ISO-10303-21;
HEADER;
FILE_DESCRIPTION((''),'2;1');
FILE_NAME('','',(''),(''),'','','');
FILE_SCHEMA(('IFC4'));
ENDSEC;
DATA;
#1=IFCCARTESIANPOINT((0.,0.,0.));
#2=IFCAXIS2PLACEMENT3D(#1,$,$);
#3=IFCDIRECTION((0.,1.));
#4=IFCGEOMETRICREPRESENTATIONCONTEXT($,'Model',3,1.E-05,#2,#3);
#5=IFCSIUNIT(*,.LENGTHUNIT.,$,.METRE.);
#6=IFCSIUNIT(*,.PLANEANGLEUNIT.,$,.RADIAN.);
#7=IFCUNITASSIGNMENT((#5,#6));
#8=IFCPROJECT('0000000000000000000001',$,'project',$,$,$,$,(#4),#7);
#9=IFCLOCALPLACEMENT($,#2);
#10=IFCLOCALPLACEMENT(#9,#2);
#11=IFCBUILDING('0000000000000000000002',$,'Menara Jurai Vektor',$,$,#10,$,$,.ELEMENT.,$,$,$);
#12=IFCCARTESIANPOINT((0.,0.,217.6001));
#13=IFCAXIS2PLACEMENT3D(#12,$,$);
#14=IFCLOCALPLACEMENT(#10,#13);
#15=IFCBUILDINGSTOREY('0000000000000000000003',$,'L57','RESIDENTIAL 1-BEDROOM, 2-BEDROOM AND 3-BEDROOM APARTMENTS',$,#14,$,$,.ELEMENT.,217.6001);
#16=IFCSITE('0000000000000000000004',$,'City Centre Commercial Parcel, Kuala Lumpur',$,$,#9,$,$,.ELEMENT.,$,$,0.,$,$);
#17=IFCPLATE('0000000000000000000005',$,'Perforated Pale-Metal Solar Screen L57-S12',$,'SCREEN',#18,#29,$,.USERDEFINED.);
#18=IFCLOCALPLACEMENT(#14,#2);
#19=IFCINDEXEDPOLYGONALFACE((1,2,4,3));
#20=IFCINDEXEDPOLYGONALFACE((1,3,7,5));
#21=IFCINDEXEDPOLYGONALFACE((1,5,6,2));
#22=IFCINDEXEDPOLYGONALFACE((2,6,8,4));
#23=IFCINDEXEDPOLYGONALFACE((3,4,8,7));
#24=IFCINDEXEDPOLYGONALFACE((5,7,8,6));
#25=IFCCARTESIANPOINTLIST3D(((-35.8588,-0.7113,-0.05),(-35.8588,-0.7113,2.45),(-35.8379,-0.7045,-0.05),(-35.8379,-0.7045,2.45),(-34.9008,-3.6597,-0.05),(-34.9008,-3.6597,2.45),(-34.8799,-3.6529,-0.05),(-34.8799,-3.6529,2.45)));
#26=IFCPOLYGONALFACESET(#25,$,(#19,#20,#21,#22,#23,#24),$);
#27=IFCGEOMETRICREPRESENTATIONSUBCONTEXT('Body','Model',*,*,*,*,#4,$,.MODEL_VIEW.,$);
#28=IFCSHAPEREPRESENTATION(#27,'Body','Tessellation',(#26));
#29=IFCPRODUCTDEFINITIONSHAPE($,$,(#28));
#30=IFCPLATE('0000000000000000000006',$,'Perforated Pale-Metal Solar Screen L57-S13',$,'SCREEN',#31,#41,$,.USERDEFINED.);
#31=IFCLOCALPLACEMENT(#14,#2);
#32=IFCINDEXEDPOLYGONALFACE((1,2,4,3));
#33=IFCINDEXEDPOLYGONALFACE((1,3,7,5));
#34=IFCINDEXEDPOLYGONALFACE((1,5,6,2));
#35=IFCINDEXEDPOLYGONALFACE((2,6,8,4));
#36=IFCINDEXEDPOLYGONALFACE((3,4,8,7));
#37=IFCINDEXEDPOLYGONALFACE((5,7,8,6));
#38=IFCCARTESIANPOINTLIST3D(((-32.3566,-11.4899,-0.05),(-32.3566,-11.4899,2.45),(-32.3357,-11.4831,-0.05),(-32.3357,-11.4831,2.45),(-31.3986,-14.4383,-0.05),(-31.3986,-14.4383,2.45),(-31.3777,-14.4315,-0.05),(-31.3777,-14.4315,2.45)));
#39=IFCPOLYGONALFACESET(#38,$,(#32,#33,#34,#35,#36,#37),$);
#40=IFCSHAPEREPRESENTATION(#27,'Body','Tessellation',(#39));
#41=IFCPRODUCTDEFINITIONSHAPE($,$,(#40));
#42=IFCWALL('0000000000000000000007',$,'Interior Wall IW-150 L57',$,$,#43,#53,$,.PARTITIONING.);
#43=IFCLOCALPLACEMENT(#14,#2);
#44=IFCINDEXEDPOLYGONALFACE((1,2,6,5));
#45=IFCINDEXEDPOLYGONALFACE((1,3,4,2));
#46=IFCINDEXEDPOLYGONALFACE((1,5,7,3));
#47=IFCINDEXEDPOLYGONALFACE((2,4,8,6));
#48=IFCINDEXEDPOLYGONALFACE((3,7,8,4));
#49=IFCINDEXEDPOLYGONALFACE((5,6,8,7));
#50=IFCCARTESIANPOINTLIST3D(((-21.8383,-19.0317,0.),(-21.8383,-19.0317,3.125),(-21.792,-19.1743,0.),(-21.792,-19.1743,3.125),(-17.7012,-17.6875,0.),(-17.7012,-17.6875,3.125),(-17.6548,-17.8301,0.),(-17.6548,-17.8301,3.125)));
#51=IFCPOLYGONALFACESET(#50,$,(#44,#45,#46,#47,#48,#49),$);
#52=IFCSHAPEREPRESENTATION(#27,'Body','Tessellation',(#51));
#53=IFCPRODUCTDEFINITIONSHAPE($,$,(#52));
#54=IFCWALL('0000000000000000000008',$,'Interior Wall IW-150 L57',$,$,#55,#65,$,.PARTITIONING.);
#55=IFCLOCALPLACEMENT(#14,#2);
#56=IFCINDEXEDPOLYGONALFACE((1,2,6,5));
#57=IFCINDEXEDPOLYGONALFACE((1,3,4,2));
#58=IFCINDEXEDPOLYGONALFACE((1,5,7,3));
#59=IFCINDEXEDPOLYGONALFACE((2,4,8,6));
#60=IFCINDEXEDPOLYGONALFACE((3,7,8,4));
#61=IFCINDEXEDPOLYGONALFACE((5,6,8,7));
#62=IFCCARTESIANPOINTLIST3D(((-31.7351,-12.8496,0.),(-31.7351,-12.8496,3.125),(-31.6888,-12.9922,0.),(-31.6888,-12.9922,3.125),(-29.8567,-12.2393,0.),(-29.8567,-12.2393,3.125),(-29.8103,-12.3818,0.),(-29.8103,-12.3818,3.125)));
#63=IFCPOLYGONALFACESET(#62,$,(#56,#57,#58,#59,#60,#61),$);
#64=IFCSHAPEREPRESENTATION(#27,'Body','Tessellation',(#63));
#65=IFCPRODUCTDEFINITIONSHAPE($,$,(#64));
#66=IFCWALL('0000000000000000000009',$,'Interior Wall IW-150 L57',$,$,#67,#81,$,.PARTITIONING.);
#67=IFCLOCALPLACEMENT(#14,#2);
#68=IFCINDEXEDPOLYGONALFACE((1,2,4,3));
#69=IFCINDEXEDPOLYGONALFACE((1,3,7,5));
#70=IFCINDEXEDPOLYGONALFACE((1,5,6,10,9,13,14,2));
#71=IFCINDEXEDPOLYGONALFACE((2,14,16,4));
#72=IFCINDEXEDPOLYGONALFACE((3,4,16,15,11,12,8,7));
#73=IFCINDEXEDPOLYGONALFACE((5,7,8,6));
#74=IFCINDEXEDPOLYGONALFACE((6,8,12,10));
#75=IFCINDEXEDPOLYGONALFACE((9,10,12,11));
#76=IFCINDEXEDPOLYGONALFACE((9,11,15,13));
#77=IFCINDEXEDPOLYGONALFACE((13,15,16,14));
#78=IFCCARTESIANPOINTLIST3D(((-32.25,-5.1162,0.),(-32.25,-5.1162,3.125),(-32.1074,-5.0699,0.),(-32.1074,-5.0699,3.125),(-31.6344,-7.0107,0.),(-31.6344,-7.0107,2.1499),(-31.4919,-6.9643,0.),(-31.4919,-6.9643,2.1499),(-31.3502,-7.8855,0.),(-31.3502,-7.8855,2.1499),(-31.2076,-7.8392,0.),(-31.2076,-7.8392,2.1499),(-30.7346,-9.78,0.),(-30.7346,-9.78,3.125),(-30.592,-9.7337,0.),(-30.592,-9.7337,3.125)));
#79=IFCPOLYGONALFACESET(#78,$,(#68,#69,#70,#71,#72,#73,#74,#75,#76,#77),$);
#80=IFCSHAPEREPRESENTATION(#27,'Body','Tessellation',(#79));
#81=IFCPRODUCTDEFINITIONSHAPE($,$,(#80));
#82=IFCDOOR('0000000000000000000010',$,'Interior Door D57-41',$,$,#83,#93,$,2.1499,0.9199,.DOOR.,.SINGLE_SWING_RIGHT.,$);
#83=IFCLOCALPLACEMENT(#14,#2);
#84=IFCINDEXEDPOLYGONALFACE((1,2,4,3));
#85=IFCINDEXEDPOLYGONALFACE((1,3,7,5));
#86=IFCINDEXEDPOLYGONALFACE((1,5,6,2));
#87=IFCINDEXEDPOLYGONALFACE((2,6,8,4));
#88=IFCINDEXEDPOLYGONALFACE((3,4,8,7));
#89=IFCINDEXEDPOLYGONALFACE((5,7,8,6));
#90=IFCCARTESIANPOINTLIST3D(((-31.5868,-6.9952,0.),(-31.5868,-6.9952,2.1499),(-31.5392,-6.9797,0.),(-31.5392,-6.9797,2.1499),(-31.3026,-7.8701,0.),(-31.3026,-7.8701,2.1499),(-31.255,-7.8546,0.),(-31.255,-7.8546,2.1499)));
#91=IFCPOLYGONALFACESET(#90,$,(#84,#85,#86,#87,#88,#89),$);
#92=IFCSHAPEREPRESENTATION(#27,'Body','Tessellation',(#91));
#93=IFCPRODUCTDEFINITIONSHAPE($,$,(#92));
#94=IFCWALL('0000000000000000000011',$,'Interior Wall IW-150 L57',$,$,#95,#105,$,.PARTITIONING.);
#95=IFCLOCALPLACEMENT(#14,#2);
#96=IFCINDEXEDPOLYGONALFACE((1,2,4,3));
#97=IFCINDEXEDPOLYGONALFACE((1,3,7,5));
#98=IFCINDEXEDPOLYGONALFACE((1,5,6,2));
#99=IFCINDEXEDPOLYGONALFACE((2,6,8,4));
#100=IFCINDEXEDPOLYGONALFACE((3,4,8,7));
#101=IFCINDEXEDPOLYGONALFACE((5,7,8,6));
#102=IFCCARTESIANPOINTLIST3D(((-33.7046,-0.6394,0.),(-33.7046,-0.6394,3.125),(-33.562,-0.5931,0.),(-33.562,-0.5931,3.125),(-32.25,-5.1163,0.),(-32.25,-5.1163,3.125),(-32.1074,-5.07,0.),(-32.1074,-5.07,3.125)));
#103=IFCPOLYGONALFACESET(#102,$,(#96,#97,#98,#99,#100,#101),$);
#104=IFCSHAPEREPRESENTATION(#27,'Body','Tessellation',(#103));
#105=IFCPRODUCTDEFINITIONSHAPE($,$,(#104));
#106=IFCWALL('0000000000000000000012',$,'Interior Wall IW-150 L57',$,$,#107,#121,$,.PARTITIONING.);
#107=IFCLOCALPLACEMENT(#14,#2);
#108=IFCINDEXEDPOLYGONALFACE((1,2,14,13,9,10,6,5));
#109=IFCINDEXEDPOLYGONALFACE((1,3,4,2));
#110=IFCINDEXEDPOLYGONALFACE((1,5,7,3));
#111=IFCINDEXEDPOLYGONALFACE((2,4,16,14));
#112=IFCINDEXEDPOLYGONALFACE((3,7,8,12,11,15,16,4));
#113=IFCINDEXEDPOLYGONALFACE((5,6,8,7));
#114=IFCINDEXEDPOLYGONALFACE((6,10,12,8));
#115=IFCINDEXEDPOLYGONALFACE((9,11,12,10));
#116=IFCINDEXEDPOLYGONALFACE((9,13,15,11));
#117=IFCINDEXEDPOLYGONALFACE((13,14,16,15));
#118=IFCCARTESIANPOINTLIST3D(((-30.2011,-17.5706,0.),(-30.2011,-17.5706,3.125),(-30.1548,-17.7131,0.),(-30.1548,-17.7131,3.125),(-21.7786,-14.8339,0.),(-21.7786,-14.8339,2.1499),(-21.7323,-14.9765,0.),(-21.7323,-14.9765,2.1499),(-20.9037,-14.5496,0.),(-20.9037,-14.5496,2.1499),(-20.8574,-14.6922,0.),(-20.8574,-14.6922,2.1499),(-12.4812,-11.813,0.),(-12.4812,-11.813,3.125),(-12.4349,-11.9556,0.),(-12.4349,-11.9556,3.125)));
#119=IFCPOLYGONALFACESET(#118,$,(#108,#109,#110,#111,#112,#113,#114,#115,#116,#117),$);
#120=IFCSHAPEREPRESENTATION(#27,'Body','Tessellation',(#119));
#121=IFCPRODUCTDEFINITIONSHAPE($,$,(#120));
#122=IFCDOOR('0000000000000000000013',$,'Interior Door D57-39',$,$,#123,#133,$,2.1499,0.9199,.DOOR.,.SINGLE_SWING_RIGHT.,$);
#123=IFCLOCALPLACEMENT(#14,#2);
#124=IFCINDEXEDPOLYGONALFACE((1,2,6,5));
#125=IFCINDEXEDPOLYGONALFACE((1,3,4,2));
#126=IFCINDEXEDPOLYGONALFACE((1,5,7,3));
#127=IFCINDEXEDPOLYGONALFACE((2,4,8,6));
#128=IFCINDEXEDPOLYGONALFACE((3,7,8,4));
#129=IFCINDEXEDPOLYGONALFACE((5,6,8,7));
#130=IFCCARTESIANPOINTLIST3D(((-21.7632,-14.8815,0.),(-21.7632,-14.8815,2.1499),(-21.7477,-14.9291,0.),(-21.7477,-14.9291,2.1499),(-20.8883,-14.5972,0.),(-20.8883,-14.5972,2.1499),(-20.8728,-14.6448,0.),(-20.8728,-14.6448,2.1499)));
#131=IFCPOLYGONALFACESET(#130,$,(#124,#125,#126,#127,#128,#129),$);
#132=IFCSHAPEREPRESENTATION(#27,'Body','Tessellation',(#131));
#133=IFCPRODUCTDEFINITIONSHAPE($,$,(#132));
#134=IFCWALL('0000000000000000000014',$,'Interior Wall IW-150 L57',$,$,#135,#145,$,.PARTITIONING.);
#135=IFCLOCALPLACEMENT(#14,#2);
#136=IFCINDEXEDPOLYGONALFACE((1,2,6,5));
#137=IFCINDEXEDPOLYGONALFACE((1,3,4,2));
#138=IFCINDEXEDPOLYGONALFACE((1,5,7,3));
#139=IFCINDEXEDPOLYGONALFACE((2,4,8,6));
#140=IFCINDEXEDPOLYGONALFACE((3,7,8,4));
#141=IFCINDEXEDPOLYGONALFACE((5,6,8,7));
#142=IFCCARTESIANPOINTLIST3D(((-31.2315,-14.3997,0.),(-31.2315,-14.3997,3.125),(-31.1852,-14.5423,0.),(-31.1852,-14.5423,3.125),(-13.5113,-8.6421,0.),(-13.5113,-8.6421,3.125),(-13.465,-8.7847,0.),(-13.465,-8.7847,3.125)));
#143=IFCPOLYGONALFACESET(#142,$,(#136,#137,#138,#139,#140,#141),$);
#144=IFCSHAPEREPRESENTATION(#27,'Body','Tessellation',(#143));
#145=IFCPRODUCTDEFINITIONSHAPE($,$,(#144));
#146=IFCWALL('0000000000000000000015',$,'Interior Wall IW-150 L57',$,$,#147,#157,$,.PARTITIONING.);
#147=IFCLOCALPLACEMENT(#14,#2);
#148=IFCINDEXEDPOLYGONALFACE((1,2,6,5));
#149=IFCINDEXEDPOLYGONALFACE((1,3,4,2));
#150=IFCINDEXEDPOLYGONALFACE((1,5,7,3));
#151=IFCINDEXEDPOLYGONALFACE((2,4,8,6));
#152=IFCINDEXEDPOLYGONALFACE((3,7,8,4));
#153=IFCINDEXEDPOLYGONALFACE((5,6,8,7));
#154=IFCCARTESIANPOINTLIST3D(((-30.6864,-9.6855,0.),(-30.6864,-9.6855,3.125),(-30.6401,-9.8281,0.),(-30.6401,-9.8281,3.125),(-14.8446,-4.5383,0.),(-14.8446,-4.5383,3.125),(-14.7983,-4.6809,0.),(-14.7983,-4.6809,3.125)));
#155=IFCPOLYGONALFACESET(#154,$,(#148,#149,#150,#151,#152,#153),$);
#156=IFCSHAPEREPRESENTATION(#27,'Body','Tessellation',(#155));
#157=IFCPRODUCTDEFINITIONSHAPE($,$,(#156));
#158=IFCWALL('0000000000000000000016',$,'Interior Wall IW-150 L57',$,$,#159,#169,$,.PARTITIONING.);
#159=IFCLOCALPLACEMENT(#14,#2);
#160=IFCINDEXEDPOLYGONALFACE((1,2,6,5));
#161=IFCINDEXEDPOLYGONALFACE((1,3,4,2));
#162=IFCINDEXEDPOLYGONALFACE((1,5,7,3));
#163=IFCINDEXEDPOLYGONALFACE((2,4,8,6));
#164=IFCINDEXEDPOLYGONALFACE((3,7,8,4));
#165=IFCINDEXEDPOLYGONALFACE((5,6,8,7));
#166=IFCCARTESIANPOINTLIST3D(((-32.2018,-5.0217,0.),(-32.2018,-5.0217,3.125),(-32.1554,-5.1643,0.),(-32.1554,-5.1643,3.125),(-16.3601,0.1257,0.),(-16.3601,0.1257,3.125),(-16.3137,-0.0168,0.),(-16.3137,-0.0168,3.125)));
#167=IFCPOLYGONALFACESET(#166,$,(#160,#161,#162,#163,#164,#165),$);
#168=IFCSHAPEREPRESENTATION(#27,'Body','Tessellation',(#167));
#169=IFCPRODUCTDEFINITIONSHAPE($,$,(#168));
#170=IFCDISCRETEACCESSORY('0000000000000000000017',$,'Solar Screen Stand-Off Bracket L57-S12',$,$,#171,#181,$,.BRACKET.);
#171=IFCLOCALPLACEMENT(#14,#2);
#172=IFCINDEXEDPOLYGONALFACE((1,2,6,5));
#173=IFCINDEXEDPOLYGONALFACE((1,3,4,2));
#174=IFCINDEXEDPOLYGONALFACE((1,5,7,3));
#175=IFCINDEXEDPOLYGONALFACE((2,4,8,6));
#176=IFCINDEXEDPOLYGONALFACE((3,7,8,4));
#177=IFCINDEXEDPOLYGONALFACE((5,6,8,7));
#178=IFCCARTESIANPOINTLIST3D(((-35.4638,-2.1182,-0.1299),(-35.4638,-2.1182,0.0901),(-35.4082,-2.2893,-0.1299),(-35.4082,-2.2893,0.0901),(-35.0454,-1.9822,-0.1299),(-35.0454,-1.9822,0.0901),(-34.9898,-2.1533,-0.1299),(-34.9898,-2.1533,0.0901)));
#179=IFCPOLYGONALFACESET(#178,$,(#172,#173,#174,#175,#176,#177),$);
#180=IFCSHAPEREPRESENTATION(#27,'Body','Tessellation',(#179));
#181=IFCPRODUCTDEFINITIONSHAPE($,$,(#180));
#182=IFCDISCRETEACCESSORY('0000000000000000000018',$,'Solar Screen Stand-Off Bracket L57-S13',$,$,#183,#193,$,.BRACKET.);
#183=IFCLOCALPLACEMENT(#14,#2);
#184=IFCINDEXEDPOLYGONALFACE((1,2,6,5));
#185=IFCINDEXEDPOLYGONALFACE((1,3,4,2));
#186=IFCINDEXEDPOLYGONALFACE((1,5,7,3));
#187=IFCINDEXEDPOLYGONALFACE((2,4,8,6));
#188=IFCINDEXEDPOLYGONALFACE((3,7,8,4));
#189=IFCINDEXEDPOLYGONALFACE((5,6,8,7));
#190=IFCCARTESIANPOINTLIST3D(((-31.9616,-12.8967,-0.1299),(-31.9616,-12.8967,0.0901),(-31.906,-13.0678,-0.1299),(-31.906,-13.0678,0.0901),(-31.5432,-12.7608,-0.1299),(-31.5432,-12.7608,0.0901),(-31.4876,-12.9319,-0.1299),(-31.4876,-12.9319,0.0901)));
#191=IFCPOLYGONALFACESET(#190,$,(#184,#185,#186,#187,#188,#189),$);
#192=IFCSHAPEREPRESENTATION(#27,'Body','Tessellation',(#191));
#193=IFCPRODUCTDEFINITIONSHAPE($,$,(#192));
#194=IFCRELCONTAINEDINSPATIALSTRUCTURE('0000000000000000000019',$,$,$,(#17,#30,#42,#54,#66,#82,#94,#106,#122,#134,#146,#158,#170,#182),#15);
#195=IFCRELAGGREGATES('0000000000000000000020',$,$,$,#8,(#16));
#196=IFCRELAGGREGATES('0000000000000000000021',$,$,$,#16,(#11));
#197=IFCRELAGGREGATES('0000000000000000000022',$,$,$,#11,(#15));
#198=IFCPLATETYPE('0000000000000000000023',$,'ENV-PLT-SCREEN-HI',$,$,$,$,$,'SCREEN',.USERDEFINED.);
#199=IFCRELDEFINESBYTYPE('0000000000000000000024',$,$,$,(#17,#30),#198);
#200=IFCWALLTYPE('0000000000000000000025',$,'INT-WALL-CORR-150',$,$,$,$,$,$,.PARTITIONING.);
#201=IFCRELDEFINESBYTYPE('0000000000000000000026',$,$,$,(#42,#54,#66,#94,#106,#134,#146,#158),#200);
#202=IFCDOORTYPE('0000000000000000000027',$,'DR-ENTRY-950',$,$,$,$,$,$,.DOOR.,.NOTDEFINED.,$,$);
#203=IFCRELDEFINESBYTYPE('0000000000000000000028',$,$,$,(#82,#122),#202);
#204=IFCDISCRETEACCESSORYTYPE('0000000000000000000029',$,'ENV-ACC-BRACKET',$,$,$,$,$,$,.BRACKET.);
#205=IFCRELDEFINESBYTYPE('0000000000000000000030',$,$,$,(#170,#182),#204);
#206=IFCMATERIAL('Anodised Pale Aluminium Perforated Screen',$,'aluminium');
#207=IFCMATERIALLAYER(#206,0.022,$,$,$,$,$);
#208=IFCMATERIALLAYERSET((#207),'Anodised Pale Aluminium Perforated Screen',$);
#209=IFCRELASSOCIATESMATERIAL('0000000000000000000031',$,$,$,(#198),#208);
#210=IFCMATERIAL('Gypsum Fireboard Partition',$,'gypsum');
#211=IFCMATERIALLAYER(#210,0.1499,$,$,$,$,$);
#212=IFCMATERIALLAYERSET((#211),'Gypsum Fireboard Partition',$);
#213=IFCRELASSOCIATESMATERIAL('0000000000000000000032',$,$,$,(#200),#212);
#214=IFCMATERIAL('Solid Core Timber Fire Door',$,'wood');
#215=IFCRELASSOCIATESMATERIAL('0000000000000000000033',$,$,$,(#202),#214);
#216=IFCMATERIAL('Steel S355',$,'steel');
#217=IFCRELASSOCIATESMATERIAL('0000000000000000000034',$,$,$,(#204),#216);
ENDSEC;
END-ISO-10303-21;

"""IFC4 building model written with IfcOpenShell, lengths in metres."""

from ifc_helpers import new_model, si_unit, direction, frame, frame_2d, origin, origin_2d, place, context, subcontext, project, spatial, rectangle, extrude, material, layer, layer_set, type_object, element, fill, save


model = new_model("IFC4")

# Units and contexts
model_context = context("Model", 3, precision=1e-05, world=origin(), true_north=direction((0.0, 1.0)))
body_context = subcontext(model_context, "Body", "Model", "MODEL_VIEW")
ifc_project = project(units=[si_unit("LENGTHUNIT", "METRE"), si_unit("PLANEANGLEUNIT", "RADIAN")], contexts=[model_context])

# Site, building, storey
site_placement = place(None, origin())
site = spatial("IfcSite", under=ifc_project, at=site_placement, Name="City Centre Commercial Parcel, Kuala Lumpur", CompositionType="ELEMENT", RefElevation=0.0)
building_placement = place(site_placement, origin())
building = spatial("IfcBuilding", under=site, at=building_placement, Name="Menara Jurai Vektor", CompositionType="ELEMENT")
storey_placement = place(building_placement, frame((0.0, 0.0, 217.6001)))
storey = spatial("IfcBuildingStorey", under=building, at=storey_placement, Name="L57", Description="RESIDENTIAL 1-BEDROOM, 2-BEDROOM AND 3-BEDROOM APARTMENTS", CompositionType="ELEMENT", Elevation=217.6001)

# Shared definitions
ifc_material_1 = material(Name="Steel S355", Category="steel")

# Plates
ifc_material_2 = material(Name="Anodised Pale Aluminium Perforated Screen", Category="aluminium")
ifc_layer_1 = layer(ifc_material_2, 0.022)
ifc_layer_set_1 = layer_set([ifc_layer_1], Name="Anodised Pale Aluminium Perforated Screen")
plate_type_1 = type_object("IfcPlateType", Name="ENV-PLT-SCREEN-HI", ElementType="SCREEN", PredefinedType="USERDEFINED", material=ifc_layer_set_1)
for number, where, z_axis, x_axis, name in (
    (1, (-35.3694, -2.1821, -0.05), (0.0, 0.0, 1.0), (0.309017, -0.951057, 0.0), "Perforated Pale-Metal Solar Screen L57-S12"),
    (2, (-31.8672, -12.9607, -0.05), (0.0, 0.0, 1.0), (0.309017, -0.951057, 0.0), "Perforated Pale-Metal Solar Screen L57-S13"),
):
    element("IfcPlate", number, at=place(storey_placement, frame(where, z_axis=z_axis, x_axis=x_axis)), inside=storey, type_object=plate_type_1, Name=name, ObjectType="SCREEN", PredefinedType="USERDEFINED", context=body_context, shape_type="SweptSolid", body=[
        extrude(rectangle(XDim=3.1001, YDim=0.022, at=origin_2d()), origin(), (0.0, 0.0, 1.0), 2.5),
    ])

# Walls
ifc_material_3 = material(Name="Gypsum Fireboard Partition", Category="gypsum")
ifc_layer_2 = layer(ifc_material_3, 0.1499)
ifc_layer_set_2 = layer_set([ifc_layer_2], Name="Gypsum Fireboard Partition")
wall_type = type_object("IfcWallType", Name="INT-WALL-CORR-150", PredefinedType="PARTITIONING", material=ifc_layer_set_2)
wall_1_placement = place(storey_placement, frame((-21.8152, -19.103, 0.0), z_axis=(0.0, 0.0, 1.0), x_axis=(0.951058, 0.309012, 0.0)))
element("IfcWall", 3, at=wall_1_placement, inside=storey, type_object=wall_type, Name="Interior Wall IW-150 L57", PredefinedType="PARTITIONING", context=body_context, shape_type="SweptSolid", body=[
    extrude(rectangle(XDim=4.3501, YDim=0.1499, at=frame_2d((2.175, 0.0))), origin(), (0.0, 0.0, 1.0), 3.125),
])
wall_2_placement = place(storey_placement, frame((-31.7119, -12.9209, 0.0), z_axis=(0.0, 0.0, 1.0), x_axis=(0.951054, 0.309025, 0.0)))
element("IfcWall", 4, at=wall_2_placement, inside=storey, type_object=wall_type, Name="Interior Wall IW-150 L57", PredefinedType="PARTITIONING", context=body_context, shape_type="SweptSolid", body=[
    extrude(rectangle(XDim=1.9751, YDim=0.1499, at=frame_2d((0.9875, 0.0))), origin(), (0.0, 0.0, 1.0), 3.125),
])

# Wall, opening, door
ifc_material_4 = material(Name="Solid Core Timber Fire Door", Category="wood")
door_type = type_object("IfcDoorType", Name="DR-ENTRY-950", OperationType="NOTDEFINED", PredefinedType="DOOR", material=ifc_material_4)
wall_3_placement = place(storey_placement, frame((-30.6633, -9.7568, 0.0), z_axis=(0.0, 0.0, 1.0), x_axis=(-0.30902, 0.951056, 0.0)))
wall_3 = element("IfcWall", 5, at=wall_3_placement, inside=storey, type_object=wall_type, Name="Interior Wall IW-150 L57", PredefinedType="PARTITIONING", context=body_context, shape_type="SweptSolid", body=[
    extrude(rectangle(XDim=4.9038, YDim=0.1499, at=frame_2d((2.4519, 0.0))), origin(), (0.0, 0.0, 1.0), 3.125),
])
opening_1_placement = place(wall_3_placement, frame((1.9919, 0.0, 0.0)))
opening_1 = element("IfcOpeningElement", 6, at=opening_1_placement, cuts=wall_3, PredefinedType="OPENING", context=body_context, shape_type="SweptSolid", body=[
    extrude(rectangle(XDim=0.9199, YDim=2.1499, at=frame_2d((0.46, 1.075))), frame((0.0, 0.085, 0.0), z_axis=(0.0, -1.0, 0.0), x_axis=(1.0, 0.0, 0.0)), (0.0, 0.0, 1.0), 0.1699),
])
door_1_placement = place(opening_1_placement, origin())
door_1 = element("IfcDoor", 7, at=door_1_placement, inside=storey, type_object=door_type, Name="Interior Door D57-41", OperationType="SINGLE_SWING_RIGHT", OverallHeight=2.1499, OverallWidth=0.9199, PredefinedType="DOOR", context=body_context, shape_type="SweptSolid", body=[
    extrude(rectangle(XDim=0.9199, YDim=2.1499, at=frame_2d((0.46, 1.075))), frame((0.0, 0.0249, 0.0), z_axis=(0.0, -1.0, 0.0), x_axis=(1.0, 0.0, 0.0)), (0.0, 0.0, 1.0), 0.05),
])
fill(opening_1, door_1)

# Wall
wall_4_placement = place(storey_placement, frame((-32.1787, -5.093, 0.0), z_axis=(0.0, 0.0, 1.0), x_axis=(-0.309015, 0.951057, 0.0)))
element("IfcWall", 8, at=wall_4_placement, inside=storey, type_object=wall_type, Name="Interior Wall IW-150 L57", PredefinedType="PARTITIONING", context=body_context, shape_type="SweptSolid", body=[
    extrude(rectangle(XDim=4.7073, YDim=0.1499, at=frame_2d((2.3535, 0.0))), origin(), (0.0, 0.0, 1.0), 3.125),
])

# Wall, opening, door
wall_5_placement = place(storey_placement, frame((-30.178, -17.6418, 0.0), z_axis=(0.0, 0.0, 1.0), x_axis=(0.951057, 0.309017, 0.0)))
wall_5 = element("IfcWall", 9, at=wall_5_placement, inside=storey, type_object=wall_type, Name="Interior Wall IW-150 L57", PredefinedType="PARTITIONING", context=body_context, shape_type="SweptSolid", body=[
    extrude(rectangle(XDim=18.6318, YDim=0.1499, at=frame_2d((9.3159, 0.0))), origin(), (0.0, 0.0, 1.0), 3.125),
])
opening_2_placement = place(wall_5_placement, frame((8.856, 0.0, 0.0)))
opening_2 = element("IfcOpeningElement", 10, at=opening_2_placement, cuts=wall_5, PredefinedType="OPENING", context=body_context, shape_type="SweptSolid", body=[
    extrude(rectangle(XDim=0.9199, YDim=2.1499, at=frame_2d((0.46, 1.075))), frame((0.0, 0.085, 0.0), z_axis=(0.0, -1.0, 0.0), x_axis=(1.0, 0.0, 0.0)), (0.0, 0.0, 1.0), 0.1699),
])
door_2_placement = place(opening_2_placement, origin())
door_2 = element("IfcDoor", 11, at=door_2_placement, inside=storey, type_object=door_type, Name="Interior Door D57-39", OperationType="SINGLE_SWING_RIGHT", OverallHeight=2.1499, OverallWidth=0.9199, PredefinedType="DOOR", context=body_context, shape_type="SweptSolid", body=[
    extrude(rectangle(XDim=0.9199, YDim=2.1499, at=frame_2d((0.46, 1.075))), frame((0.0, 0.0249, 0.0), z_axis=(0.0, -1.0, 0.0), x_axis=(1.0, 0.0, 0.0)), (0.0, 0.0, 1.0), 0.05),
])
fill(opening_2, door_2)

# Walls
wall_6_placement = place(storey_placement, frame((-31.2083, -14.4709, 0.0), z_axis=(0.0, 0.0, 1.0), x_axis=(0.951058, 0.309013, 0.0)))
element("IfcWall", 12, at=wall_6_placement, inside=storey, type_object=wall_type, Name="Interior Wall IW-150 L57", PredefinedType="PARTITIONING", context=body_context, shape_type="SweptSolid", body=[
    extrude(rectangle(XDim=18.6321, YDim=0.1499, at=frame_2d((9.3159, 0.0))), origin(), (0.0, 0.0, 1.0), 3.125),
])
for number, where, z_axis, x_axis, name in (
    (13, (-30.6633, -9.7568, 0.0), (0.0, 0.0, 1.0), (0.951058, 0.309012, 0.0), "Interior Wall IW-150 L57"),
    (14, (-32.1787, -5.093, 0.0), (0.0, 0.0, 1.0), (0.951054, 0.309025, 0.0), "Interior Wall IW-150 L57"),
):
    element("IfcWall", number, at=place(storey_placement, frame(where, z_axis=z_axis, x_axis=x_axis)), inside=storey, type_object=wall_type, Name=name, PredefinedType="PARTITIONING", context=body_context, shape_type="SweptSolid", body=[
        extrude(rectangle(XDim=16.657, YDim=0.1499, at=frame_2d((8.3286, 0.0))), origin(), (0.0, 0.0, 1.0), 3.125),
    ])

# Discrete accessories
discrete_accessory_type = type_object("IfcDiscreteAccessoryType", Name="ENV-ACC-BRACKET", PredefinedType="BRACKET", material=ifc_material_1)
for number, where, z_axis, x_axis, name in (
    (15, (-35.2268, -2.1357, -0.1299), (0.0, 0.0, 1.0), (0.309017, -0.951057, 0.0), "Solar Screen Stand-Off Bracket L57-S12"),
    (16, (-31.7246, -12.9143, -0.1299), (0.0, 0.0, 1.0), (0.309017, -0.951057, 0.0), "Solar Screen Stand-Off Bracket L57-S13"),
):
    element("IfcDiscreteAccessory", number, at=place(storey_placement, frame(where, z_axis=z_axis, x_axis=x_axis)), inside=storey, type_object=discrete_accessory_type, Name=name, PredefinedType="BRACKET", context=body_context, shape_type="SweptSolid", body=[
        extrude(rectangle(XDim=0.1799, YDim=0.4399, at=origin_2d()), origin(), (0.0, 0.0, 1.0), 0.22),
    ])

save(model, "model.ifc")
